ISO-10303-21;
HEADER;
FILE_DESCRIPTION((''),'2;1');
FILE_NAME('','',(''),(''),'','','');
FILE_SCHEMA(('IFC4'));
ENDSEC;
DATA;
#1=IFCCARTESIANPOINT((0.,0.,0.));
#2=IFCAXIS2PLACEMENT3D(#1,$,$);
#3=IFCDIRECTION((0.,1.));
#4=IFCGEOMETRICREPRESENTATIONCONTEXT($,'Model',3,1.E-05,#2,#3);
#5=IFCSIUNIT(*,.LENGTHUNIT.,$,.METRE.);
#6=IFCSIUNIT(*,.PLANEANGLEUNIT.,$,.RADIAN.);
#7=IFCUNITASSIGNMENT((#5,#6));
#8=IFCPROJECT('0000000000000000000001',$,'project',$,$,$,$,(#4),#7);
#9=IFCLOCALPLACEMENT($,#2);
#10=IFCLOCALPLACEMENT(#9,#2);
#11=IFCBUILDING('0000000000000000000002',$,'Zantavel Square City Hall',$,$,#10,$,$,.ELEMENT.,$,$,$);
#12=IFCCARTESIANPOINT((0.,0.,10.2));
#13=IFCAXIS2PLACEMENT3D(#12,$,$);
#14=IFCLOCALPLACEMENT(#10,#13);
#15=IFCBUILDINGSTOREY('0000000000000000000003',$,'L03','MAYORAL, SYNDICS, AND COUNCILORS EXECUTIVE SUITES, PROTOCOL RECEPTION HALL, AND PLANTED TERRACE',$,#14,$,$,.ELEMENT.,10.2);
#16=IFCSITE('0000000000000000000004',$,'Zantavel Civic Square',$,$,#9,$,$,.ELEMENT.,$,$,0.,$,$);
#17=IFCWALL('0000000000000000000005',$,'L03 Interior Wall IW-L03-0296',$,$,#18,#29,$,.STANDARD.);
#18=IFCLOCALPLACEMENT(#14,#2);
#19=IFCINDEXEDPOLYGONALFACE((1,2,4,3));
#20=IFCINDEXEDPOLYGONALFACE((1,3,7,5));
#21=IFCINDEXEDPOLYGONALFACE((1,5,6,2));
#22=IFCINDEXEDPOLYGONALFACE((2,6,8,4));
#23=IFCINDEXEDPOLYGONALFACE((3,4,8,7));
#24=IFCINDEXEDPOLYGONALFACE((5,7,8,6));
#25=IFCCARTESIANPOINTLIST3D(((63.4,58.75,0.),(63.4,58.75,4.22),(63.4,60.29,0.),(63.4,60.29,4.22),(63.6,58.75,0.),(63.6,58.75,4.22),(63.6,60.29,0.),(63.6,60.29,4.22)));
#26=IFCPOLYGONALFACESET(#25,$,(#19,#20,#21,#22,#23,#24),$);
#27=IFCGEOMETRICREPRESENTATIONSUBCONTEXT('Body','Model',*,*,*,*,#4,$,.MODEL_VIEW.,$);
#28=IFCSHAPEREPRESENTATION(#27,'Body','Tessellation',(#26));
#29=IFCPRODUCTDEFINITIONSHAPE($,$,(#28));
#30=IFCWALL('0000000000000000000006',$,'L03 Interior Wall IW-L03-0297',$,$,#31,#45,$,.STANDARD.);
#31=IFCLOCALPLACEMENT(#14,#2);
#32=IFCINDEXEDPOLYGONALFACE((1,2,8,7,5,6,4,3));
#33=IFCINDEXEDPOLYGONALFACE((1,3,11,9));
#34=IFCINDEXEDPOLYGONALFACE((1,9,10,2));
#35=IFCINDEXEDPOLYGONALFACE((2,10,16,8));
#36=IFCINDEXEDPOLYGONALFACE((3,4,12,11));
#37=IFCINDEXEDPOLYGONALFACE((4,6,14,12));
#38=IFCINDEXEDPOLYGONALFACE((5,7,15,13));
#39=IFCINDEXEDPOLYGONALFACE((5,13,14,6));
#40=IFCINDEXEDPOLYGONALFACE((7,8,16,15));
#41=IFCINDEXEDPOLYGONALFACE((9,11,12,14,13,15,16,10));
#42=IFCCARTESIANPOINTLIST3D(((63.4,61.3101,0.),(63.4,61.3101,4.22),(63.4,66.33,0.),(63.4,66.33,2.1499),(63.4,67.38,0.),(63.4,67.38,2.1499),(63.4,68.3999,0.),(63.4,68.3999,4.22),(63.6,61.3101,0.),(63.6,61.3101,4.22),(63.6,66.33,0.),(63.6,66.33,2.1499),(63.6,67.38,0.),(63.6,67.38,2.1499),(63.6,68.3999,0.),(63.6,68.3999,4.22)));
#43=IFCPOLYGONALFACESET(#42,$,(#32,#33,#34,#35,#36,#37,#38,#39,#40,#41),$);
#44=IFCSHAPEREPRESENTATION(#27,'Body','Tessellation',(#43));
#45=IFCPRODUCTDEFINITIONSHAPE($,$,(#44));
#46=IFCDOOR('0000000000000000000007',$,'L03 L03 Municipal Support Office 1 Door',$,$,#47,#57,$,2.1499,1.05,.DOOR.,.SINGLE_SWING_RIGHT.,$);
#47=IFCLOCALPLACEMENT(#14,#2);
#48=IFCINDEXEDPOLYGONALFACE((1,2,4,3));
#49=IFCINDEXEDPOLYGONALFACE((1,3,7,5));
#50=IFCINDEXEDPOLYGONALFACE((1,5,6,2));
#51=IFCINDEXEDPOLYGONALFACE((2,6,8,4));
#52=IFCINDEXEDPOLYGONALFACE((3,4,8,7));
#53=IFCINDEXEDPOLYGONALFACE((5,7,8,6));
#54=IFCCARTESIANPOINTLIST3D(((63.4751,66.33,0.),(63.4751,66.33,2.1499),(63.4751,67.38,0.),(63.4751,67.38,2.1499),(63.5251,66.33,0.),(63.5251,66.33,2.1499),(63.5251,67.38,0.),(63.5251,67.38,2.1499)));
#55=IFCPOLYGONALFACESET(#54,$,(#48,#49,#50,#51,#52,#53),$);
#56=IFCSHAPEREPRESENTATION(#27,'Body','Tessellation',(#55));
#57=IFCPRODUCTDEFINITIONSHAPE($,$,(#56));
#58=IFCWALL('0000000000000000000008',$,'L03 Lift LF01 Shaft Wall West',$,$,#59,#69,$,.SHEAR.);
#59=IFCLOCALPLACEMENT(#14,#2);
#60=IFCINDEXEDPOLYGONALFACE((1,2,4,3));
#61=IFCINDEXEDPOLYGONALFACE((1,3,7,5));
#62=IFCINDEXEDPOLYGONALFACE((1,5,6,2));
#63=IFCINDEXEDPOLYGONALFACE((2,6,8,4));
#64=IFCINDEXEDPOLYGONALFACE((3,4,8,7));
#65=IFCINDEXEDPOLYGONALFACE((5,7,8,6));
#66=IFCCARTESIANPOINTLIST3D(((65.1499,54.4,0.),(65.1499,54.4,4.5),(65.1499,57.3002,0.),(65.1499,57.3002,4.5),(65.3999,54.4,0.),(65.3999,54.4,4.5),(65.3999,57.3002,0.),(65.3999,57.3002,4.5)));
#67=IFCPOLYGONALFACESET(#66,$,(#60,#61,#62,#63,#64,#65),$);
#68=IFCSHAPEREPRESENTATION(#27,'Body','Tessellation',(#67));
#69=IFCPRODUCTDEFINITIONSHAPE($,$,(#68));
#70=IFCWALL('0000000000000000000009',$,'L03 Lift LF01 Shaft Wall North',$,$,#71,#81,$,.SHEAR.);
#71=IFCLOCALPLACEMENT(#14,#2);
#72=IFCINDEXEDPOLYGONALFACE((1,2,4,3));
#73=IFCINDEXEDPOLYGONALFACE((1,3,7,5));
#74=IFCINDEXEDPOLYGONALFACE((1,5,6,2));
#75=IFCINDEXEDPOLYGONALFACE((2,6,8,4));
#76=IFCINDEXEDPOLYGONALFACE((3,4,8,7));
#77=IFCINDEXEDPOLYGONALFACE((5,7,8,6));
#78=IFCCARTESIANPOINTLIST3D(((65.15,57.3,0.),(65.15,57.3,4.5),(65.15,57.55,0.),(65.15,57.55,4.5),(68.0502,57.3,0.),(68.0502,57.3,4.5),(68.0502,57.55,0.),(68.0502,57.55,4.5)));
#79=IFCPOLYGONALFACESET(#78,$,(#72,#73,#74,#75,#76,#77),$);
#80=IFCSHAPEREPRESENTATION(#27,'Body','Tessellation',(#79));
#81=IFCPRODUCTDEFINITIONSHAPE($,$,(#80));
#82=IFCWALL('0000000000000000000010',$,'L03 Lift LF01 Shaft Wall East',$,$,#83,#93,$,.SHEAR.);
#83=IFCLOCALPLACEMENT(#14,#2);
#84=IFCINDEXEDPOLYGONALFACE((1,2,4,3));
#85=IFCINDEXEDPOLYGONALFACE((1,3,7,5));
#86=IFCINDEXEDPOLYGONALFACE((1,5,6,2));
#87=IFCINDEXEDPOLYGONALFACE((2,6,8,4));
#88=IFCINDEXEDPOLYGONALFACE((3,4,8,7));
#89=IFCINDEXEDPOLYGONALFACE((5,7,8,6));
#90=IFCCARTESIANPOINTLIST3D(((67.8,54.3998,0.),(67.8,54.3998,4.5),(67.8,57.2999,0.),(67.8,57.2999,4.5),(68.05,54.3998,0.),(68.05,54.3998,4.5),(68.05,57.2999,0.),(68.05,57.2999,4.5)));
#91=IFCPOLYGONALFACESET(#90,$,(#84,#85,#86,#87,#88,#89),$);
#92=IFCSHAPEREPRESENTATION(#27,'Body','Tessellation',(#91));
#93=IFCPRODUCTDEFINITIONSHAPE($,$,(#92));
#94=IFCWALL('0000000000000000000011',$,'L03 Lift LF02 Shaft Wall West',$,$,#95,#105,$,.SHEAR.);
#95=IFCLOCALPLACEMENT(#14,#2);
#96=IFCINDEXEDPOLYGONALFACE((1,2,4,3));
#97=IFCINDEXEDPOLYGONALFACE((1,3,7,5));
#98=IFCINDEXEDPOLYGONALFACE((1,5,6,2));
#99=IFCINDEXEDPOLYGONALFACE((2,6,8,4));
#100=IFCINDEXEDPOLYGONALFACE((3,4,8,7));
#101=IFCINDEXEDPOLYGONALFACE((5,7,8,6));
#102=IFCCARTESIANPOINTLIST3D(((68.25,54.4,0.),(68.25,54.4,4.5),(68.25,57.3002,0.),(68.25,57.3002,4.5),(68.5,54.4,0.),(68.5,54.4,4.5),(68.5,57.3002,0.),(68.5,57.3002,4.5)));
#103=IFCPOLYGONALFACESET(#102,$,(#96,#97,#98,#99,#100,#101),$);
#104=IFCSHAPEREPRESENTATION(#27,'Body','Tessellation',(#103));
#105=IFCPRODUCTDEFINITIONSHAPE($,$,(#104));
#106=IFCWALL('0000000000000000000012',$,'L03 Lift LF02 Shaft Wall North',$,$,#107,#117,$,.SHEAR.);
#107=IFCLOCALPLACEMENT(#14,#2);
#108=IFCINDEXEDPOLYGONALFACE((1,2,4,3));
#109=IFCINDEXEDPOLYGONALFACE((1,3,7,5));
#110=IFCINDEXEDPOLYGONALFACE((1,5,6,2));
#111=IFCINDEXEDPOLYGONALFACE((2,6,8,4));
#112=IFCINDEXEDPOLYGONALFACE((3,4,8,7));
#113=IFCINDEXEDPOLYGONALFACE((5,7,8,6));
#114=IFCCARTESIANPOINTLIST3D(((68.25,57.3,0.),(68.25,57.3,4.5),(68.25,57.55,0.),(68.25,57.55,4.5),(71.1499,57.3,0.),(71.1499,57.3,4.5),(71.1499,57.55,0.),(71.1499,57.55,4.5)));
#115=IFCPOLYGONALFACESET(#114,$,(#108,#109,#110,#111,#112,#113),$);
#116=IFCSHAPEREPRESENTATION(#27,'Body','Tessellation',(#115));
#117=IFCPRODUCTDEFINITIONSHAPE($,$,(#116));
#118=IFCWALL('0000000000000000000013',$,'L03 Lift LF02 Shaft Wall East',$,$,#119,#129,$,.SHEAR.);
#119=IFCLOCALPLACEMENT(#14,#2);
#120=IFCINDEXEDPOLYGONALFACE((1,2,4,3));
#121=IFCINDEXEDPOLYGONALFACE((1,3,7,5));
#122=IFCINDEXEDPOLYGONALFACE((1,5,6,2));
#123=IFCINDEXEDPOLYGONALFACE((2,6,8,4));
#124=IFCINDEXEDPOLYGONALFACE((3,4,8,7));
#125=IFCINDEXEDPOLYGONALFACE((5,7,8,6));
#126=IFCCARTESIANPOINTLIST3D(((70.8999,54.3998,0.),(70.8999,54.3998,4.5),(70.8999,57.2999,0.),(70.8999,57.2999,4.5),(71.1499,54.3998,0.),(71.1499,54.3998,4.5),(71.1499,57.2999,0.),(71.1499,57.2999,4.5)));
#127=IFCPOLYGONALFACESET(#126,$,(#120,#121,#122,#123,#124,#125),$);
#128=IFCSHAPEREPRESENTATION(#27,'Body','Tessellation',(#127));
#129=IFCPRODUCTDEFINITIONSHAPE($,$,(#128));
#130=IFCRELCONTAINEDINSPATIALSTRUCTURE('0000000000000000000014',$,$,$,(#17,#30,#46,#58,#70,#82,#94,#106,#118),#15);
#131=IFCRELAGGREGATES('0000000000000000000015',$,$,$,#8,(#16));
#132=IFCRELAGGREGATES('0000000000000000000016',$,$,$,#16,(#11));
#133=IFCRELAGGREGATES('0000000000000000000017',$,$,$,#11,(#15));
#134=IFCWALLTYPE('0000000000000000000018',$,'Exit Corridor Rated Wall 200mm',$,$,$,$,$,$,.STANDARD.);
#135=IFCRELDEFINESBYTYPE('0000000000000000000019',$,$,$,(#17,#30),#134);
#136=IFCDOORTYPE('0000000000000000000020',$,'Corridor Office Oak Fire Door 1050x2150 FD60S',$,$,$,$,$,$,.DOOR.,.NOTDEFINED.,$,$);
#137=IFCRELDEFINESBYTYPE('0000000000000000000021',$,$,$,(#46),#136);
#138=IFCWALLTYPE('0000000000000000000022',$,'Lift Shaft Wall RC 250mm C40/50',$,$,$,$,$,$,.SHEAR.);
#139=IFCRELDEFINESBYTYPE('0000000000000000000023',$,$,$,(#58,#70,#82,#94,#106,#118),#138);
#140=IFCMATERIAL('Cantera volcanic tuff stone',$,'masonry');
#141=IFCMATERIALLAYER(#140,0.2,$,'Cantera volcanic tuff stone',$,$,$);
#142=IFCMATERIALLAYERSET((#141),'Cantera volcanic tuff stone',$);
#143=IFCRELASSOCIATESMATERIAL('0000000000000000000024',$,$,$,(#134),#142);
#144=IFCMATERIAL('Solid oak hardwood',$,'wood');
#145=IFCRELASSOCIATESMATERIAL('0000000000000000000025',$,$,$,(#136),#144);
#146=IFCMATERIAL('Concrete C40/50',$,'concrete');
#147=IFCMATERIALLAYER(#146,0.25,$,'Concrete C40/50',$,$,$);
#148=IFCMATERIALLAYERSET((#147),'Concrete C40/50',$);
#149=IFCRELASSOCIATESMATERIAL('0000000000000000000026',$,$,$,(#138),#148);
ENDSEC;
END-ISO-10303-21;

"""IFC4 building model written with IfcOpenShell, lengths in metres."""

from ifc_helpers import new_model, si_unit, direction, frame, frame_2d, origin, place, context, subcontext, project, spatial, rectangle, extrude, material, layer, layer_set, type_object, element, fill, save


model = new_model("IFC4")

# Units and contexts
model_context = context("Model", 3, precision=1e-05, world=origin(), true_north=direction((0.0, 1.0)))
body_context = subcontext(model_context, "Body", "Model", "MODEL_VIEW")
ifc_project = project(units=[si_unit("LENGTHUNIT", "METRE"), si_unit("PLANEANGLEUNIT", "RADIAN")], contexts=[model_context])

# Site, building, storey
site_placement = place(None, origin())
site = spatial("IfcSite", under=ifc_project, at=site_placement, Name="Zantavel Civic Square", CompositionType="ELEMENT", RefElevation=0.0)
building_placement = place(site_placement, origin())
building = spatial("IfcBuilding", under=site, at=building_placement, Name="Zantavel Square City Hall", CompositionType="ELEMENT")
storey_placement = place(building_placement, frame((0.0, 0.0, 10.2)))
storey = spatial("IfcBuildingStorey", under=building, at=storey_placement, Name="L03", Description="MAYORAL, SYNDICS, AND COUNCILORS EXECUTIVE SUITES, PROTOCOL RECEPTION HALL, AND PLANTED TERRACE", CompositionType="ELEMENT", Elevation=10.2)

# Shared definitions
ifc_material_1 = material(Name="Concrete C40/50", Category="concrete")

# Shared definitions
ifc_material_2 = material(Name="Cantera volcanic tuff stone", Category="masonry")
ifc_layer_1 = layer(ifc_material_2, 0.2, Name="Cantera volcanic tuff stone")
ifc_layer_set_1 = layer_set([ifc_layer_1], Name="Cantera volcanic tuff stone")
wall_type_1 = type_object("IfcWallType", Name="Exit Corridor Rated Wall 200mm", PredefinedType="STANDARD", material=ifc_layer_set_1)
ifc_material_3 = material(Name="Solid oak hardwood", Category="wood")
door_type_1 = type_object("IfcDoorType", Name="Corridor Office Oak Fire Door 1050x2150 FD60S", OperationType="NOTDEFINED", PredefinedType="DOOR", material=ifc_material_3)

# Wall
wall_1_placement = place(storey_placement, frame((63.5, 58.75, 0.0), z_axis=(0.0, 0.0, 1.0), x_axis=(0.0, 1.0, 0.0)))
element("IfcWall", 1, at=wall_1_placement, inside=storey, type_object=wall_type_1, Name="L03 Interior Wall IW-L03-0296", PredefinedType="STANDARD", context=body_context, shape_type="SweptSolid", body=[
    extrude(rectangle(XDim=1.54, YDim=0.2, at=frame_2d((0.77, 0.0))), origin(), (0.0, 0.0, 1.0), 4.22),
])

# Wall, opening, door
wall_2_placement = place(storey_placement, frame((63.5, 61.3101, 0.0), z_axis=(0.0, 0.0, 1.0), x_axis=(0.0, 1.0, 0.0)))
wall_2 = element("IfcWall", 2, at=wall_2_placement, inside=storey, type_object=wall_type_1, Name="L03 Interior Wall IW-L03-0297", PredefinedType="STANDARD", context=body_context, shape_type="SweptSolid", body=[
    extrude(rectangle(XDim=7.0898, YDim=0.2, at=frame_2d((3.5449, 0.0))), origin(), (0.0, 0.0, 1.0), 4.22),
])
opening_1_placement = place(wall_2_placement, frame((5.02, 0.0, 0.0)))
opening_1 = element("IfcOpeningElement", 3, at=opening_1_placement, cuts=wall_2, PredefinedType="OPENING", context=body_context, shape_type="SweptSolid", body=[
    extrude(rectangle(XDim=1.05, YDim=2.1499, at=frame_2d((0.5249, 1.075))), frame((0.0, 0.1099, 0.0), z_axis=(0.0, -1.0, 0.0), x_axis=(1.0, 0.0, 0.0)), (0.0, 0.0, 1.0), 0.22),
])
door_1_placement = place(opening_1_placement, origin())
door_1 = element("IfcDoor", 4, at=door_1_placement, inside=storey, type_object=door_type_1, Name="L03 L03 Municipal Support Office 1 Door", OperationType="SINGLE_SWING_RIGHT", OverallHeight=2.1499, OverallWidth=1.05, PredefinedType="DOOR", context=body_context, shape_type="SweptSolid", body=[
    extrude(rectangle(XDim=1.05, YDim=2.1499, at=frame_2d((0.5249, 1.075))), frame((0.0, 0.0249, 0.0), z_axis=(0.0, -1.0, 0.0), x_axis=(1.0, 0.0, 0.0)), (0.0, 0.0, 1.0), 0.05),
])
fill(opening_1, door_1)
ifc_layer_2 = layer(ifc_material_1, 0.25, Name="Concrete C40/50")
ifc_layer_set_2 = layer_set([ifc_layer_2], Name="Concrete C40/50")
wall_type_2 = type_object("IfcWallType", Name="Lift Shaft Wall RC 250mm C40/50", PredefinedType="SHEAR", material=ifc_layer_set_2)

# Walls
for number, where, z_axis, x_axis, name in (
    (5, (65.2749, 54.3999, 0.0), (0.0, 0.0, 1.0), (0.0, 1.0, 0.0), "L03 Lift LF01 Shaft Wall West"),
    (6, (65.1499, 57.425, 0.0), (0.0, 0.0, 1.0), (1.0, 0.0, 0.0), "L03 Lift LF01 Shaft Wall North"),
    (7, (67.925, 57.3, 0.0), (0.0, 0.0, 1.0), (0.0, -1.0, 0.0), "L03 Lift LF01 Shaft Wall East"),
):
    element("IfcWall", number, at=place(storey_placement, frame(where, z_axis=z_axis, x_axis=x_axis)), inside=storey, type_object=wall_type_2, Name=name, PredefinedType="SHEAR", context=body_context, shape_type="SweptSolid", body=[
        extrude(rectangle(XDim=2.9001, YDim=0.25, at=frame_2d((1.4502, 0.0))), origin(), (0.0, 0.0, 1.0), 4.5),
    ])

# Walls
wall_3_placement = place(storey_placement, frame((68.375, 54.3999, 0.0), z_axis=(0.0, 0.0, 1.0), x_axis=(0.0, 1.0, 0.0)))
element("IfcWall", 8, at=wall_3_placement, inside=storey, type_object=wall_type_2, Name="L03 Lift LF02 Shaft Wall West", PredefinedType="SHEAR", context=body_context, shape_type="SweptSolid", body=[
    extrude(rectangle(XDim=2.9001, YDim=0.25, at=frame_2d((1.4502, 0.0))), origin(), (0.0, 0.0, 1.0), 4.5),
])
wall_4_placement = place(storey_placement, frame((68.25, 57.425, 0.0), z_axis=(0.0, 0.0, 1.0), x_axis=(1.0, 0.0, 0.0)))
element("IfcWall", 9, at=wall_4_placement, inside=storey, type_object=wall_type_2, Name="L03 Lift LF02 Shaft Wall North", PredefinedType="SHEAR", context=body_context, shape_type="SweptSolid", body=[
    extrude(rectangle(XDim=2.8999, YDim=0.25, at=frame_2d((1.45, 0.0))), origin(), (0.0, 0.0, 1.0), 4.5),
])
wall_5_placement = place(storey_placement, frame((71.0249, 57.3, 0.0), z_axis=(0.0, 0.0, 1.0), x_axis=(0.0, -1.0, 0.0)))
element("IfcWall", 10, at=wall_5_placement, inside=storey, type_object=wall_type_2, Name="L03 Lift LF02 Shaft Wall East", PredefinedType="SHEAR", context=body_context, shape_type="SweptSolid", body=[
    extrude(rectangle(XDim=2.9001, YDim=0.25, at=frame_2d((1.4502, 0.0))), origin(), (0.0, 0.0, 1.0), 4.5),
])

save(model, "model.ifc")
